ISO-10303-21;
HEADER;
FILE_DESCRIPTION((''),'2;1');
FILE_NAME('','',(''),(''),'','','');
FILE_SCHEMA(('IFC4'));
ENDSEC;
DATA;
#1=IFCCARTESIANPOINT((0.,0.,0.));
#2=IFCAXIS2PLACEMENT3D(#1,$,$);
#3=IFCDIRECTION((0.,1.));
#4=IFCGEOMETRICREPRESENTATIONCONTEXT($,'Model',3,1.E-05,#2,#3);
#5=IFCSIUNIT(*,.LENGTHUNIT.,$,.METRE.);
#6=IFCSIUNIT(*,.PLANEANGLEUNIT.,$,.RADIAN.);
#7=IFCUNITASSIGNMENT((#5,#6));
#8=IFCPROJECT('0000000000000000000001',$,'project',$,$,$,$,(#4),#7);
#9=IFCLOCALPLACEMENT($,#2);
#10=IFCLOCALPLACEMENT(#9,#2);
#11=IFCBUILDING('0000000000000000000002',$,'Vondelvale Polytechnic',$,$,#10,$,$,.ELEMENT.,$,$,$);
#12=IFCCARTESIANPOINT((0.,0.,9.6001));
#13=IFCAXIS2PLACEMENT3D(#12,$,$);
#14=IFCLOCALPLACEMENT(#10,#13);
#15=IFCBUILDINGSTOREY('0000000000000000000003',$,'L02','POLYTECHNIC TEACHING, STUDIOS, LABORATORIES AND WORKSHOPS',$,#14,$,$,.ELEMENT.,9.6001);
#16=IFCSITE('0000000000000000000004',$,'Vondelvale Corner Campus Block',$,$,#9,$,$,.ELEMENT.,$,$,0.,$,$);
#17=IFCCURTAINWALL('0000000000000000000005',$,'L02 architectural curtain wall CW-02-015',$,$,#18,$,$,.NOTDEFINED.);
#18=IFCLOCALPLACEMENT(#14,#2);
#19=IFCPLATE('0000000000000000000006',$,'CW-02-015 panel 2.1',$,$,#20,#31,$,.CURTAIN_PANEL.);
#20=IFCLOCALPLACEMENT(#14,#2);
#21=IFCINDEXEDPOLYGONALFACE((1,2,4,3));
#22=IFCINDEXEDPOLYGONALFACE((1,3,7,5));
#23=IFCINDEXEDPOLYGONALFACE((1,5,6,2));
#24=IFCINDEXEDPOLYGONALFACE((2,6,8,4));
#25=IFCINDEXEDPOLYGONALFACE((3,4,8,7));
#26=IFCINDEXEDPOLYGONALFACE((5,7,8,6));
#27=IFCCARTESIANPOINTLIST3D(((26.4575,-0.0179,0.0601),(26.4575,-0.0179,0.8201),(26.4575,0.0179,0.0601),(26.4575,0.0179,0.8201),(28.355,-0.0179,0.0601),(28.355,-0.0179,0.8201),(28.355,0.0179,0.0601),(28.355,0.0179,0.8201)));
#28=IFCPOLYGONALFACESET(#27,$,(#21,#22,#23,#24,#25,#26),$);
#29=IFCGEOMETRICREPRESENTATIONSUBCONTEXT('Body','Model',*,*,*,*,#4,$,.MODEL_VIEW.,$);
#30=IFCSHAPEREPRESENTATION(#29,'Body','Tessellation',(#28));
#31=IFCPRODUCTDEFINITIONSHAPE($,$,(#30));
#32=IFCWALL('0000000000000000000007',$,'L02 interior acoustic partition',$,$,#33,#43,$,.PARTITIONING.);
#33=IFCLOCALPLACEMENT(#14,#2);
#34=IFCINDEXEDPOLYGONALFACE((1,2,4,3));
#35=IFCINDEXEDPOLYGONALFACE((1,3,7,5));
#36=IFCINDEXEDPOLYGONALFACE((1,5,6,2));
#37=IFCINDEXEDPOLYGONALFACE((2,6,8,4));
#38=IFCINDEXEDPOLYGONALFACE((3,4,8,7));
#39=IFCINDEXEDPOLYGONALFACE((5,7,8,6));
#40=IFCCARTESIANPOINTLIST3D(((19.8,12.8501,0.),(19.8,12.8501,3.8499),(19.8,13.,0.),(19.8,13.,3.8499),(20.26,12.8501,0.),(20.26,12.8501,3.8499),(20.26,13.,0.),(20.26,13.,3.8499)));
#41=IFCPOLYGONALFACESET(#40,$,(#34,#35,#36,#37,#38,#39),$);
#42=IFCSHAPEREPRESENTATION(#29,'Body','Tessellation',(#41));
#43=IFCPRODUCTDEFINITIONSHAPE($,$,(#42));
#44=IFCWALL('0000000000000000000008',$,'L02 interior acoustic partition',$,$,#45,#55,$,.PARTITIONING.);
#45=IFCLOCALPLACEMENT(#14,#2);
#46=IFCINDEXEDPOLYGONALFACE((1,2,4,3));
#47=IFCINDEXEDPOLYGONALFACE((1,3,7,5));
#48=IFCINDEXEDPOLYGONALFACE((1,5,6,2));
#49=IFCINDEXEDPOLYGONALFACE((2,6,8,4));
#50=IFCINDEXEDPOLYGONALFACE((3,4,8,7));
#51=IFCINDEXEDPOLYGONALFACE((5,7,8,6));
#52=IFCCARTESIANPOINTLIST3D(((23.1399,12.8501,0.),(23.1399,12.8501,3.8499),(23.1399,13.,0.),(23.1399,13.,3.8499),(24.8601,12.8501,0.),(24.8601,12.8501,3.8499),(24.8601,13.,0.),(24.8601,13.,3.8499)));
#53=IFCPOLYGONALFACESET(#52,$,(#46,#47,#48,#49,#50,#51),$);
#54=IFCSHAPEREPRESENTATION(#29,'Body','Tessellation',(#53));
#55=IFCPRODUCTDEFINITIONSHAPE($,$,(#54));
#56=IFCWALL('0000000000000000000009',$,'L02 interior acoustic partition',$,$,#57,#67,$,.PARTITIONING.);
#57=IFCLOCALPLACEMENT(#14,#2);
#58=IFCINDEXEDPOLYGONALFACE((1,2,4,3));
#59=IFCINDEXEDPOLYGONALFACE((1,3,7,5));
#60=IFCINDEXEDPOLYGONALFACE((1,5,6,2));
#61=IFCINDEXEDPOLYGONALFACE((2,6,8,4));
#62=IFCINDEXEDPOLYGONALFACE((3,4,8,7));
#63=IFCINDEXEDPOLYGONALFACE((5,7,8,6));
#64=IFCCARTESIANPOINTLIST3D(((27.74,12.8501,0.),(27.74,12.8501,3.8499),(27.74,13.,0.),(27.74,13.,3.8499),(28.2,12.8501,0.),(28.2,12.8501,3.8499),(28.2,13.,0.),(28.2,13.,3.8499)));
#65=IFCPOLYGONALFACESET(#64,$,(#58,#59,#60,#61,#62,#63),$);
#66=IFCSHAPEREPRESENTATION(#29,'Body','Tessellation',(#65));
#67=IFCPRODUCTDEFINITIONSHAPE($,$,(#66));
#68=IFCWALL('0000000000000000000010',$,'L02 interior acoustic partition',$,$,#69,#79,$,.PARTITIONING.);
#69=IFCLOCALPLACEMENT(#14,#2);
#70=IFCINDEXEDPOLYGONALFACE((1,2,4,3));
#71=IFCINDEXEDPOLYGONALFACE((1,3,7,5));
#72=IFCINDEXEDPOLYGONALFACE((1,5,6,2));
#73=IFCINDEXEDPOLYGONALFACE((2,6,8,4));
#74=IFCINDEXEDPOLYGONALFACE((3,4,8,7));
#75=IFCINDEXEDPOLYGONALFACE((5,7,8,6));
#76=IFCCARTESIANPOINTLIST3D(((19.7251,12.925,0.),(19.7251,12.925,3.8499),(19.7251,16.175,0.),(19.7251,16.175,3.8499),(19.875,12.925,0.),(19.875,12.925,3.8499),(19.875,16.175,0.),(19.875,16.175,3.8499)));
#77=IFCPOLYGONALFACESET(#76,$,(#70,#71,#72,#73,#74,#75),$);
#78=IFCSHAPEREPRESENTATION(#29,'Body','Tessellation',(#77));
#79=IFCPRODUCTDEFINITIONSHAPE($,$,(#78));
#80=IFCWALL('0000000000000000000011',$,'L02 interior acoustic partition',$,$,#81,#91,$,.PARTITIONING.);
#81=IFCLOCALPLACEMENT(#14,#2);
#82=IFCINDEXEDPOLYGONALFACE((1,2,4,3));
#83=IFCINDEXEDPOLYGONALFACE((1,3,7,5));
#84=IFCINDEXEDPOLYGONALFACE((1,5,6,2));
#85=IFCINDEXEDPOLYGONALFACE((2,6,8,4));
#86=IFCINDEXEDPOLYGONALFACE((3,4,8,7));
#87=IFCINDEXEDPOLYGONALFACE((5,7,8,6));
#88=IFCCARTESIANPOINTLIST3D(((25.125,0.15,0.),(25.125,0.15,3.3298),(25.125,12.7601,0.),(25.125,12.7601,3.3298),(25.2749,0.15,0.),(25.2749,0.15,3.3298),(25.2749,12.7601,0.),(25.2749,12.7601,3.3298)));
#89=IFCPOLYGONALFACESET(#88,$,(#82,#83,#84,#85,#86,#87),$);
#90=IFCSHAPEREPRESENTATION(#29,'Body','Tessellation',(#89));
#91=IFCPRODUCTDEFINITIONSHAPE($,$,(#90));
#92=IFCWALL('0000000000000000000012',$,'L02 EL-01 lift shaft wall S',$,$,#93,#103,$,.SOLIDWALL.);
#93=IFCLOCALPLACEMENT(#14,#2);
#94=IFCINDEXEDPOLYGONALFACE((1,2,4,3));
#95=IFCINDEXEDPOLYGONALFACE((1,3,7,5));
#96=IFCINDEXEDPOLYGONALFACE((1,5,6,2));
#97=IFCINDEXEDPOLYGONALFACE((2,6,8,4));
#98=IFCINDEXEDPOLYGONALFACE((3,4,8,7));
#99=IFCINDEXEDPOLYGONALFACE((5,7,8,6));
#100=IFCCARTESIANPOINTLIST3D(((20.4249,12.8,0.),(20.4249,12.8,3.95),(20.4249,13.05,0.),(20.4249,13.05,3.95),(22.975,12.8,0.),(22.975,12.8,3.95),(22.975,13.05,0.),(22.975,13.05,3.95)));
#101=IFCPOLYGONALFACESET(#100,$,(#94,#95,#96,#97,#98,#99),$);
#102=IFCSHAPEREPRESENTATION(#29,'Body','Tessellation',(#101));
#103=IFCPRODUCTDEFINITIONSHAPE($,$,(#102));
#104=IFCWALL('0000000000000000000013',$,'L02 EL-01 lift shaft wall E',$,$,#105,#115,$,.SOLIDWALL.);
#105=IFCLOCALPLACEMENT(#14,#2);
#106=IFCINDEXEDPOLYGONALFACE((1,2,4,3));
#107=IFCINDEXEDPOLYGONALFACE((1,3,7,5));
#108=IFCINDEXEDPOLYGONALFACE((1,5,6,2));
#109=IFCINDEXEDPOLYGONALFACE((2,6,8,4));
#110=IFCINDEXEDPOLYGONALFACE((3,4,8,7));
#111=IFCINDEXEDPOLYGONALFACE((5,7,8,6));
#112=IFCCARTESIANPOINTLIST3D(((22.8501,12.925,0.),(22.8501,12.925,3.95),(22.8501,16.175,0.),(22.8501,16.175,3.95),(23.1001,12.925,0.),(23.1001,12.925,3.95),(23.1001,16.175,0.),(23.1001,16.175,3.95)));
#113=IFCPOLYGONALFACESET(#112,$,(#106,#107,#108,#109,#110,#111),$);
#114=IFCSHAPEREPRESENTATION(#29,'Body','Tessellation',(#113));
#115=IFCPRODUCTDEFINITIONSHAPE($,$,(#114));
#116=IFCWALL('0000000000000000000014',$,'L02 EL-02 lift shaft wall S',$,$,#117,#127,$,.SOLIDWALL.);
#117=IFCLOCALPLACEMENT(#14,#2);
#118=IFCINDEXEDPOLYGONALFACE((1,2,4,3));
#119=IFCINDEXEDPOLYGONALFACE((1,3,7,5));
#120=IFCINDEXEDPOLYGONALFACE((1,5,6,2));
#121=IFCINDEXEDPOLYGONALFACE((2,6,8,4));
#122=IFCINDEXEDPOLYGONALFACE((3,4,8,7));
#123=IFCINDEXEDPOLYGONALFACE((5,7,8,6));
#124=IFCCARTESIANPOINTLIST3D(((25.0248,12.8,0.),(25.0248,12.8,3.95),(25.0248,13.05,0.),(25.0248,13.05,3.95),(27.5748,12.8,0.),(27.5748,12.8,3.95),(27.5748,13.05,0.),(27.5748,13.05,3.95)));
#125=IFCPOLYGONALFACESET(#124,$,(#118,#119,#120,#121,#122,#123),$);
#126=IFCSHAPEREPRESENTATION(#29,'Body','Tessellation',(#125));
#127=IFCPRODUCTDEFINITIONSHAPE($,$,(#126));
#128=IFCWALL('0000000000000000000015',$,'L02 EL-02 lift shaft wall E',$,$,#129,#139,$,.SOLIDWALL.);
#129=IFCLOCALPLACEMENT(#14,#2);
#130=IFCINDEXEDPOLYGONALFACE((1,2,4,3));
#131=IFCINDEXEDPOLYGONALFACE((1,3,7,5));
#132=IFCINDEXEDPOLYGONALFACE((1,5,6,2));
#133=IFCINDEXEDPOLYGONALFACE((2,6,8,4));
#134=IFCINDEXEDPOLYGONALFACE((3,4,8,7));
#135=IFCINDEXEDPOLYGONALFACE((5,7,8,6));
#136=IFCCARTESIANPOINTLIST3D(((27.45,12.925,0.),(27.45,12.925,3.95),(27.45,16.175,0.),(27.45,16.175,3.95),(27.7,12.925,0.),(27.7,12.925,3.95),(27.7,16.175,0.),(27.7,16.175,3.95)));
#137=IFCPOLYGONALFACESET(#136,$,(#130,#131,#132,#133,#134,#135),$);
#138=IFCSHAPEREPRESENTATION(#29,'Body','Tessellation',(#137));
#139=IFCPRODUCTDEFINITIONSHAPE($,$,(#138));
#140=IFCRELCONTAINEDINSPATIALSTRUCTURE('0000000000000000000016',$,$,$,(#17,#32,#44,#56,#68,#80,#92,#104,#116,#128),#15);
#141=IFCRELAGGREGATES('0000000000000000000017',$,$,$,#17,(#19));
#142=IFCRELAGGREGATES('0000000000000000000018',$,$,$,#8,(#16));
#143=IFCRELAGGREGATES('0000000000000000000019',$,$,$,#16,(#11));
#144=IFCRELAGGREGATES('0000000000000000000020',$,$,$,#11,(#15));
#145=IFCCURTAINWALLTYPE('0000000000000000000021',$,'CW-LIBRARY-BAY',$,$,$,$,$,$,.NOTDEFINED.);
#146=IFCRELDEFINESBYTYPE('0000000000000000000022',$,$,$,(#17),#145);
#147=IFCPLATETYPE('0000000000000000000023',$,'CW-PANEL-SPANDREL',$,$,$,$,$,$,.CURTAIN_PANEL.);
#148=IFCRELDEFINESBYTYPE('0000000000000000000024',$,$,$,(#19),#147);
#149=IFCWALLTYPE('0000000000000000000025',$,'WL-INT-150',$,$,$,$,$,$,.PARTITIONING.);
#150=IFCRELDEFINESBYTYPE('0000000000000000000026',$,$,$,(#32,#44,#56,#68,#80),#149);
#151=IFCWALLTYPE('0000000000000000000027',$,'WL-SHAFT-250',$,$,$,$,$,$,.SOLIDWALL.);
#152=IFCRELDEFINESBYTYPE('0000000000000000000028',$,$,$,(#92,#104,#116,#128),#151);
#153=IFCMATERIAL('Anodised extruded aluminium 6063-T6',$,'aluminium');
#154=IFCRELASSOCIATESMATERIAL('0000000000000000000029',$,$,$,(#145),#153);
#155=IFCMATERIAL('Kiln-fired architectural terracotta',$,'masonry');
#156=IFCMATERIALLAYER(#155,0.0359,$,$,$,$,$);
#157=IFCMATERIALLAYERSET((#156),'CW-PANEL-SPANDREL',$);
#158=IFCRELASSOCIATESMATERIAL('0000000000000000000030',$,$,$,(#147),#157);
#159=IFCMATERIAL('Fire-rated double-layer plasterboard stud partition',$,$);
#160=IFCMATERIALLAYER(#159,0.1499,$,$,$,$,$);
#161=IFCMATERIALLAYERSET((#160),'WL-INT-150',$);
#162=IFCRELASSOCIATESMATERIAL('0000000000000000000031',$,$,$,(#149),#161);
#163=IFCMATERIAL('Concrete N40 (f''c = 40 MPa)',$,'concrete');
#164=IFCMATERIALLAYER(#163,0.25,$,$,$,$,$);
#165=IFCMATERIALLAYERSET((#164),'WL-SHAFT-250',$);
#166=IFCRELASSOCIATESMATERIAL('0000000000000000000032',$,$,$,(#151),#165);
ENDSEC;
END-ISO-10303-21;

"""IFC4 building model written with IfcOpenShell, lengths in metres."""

from ifc_helpers import new_model, si_unit, direction, frame, frame_2d, origin, origin_2d, place, context, subcontext, project, spatial, rectangle, extrude, material, layer, layer_set, type_object, element, aggregate, save


model = new_model("IFC4")

# Units and contexts
model_context = context("Model", 3, precision=1e-05, world=origin(), true_north=direction((0.0, 1.0)))
body_context = subcontext(model_context, "Body", "Model", "MODEL_VIEW")
ifc_project = project(units=[si_unit("LENGTHUNIT", "METRE"), si_unit("PLANEANGLEUNIT", "RADIAN")], contexts=[model_context])

# Site, building, storey
site_placement = place(None, origin())
site = spatial("IfcSite", under=ifc_project, at=site_placement, Name="Vondelvale Corner Campus Block", CompositionType="ELEMENT", RefElevation=0.0)
building_placement = place(site_placement, origin())
building = spatial("IfcBuilding", under=site, at=building_placement, Name="Vondelvale Polytechnic", CompositionType="ELEMENT")
storey_placement = place(building_placement, frame((0.0, 0.0, 9.6001)))
storey = spatial("IfcBuildingStorey", under=building, at=storey_placement, Name="L02", Description="POLYTECHNIC TEACHING, STUDIOS, LABORATORIES AND WORKSHOPS", CompositionType="ELEMENT", Elevation=9.6001)

# Shared definitions
ifc_material_1 = material(Name="Concrete N40 (f'c = 40 MPa)", Category="concrete")

# Curtain wall
ifc_material_2 = material(Name="Anodised extruded aluminium 6063-T6", Category="aluminium")
curtain_wall_type = type_object("IfcCurtainWallType", Name="CW-LIBRARY-BAY", PredefinedType="NOTDEFINED", material=ifc_material_2)
curtain_wall_placement = place(storey_placement, origin())
curtain_wall = element("IfcCurtainWall", 1, at=curtain_wall_placement, inside=storey, type_object=curtain_wall_type, Name="L02 architectural curtain wall CW-02-015", PredefinedType="NOTDEFINED")

# Plate
ifc_material_3 = material(Name="Kiln-fired architectural terracotta", Category="masonry")
ifc_layer_1 = layer(ifc_material_3, 0.0359)
ifc_layer_set_1 = layer_set([ifc_layer_1], Name="CW-PANEL-SPANDREL")
plate_type_1 = type_object("IfcPlateType", Name="CW-PANEL-SPANDREL", PredefinedType="CURTAIN_PANEL", material=ifc_layer_set_1)
plate_1_placement = place(storey_placement, frame((27.4062, 0.0, 0.0601), z_axis=(0.0, 0.0, 1.0), x_axis=(1.0, 0.0, 0.0)))
plate_1 = element("IfcPlate", 2, at=plate_1_placement, type_object=plate_type_1, Name="CW-02-015 panel 2.1", PredefinedType="CURTAIN_PANEL", context=body_context, shape_type="SweptSolid", body=[
    extrude(rectangle(XDim=1.8975, YDim=0.0359, at=origin_2d()), origin(), (0.0, 0.0, 1.0), 0.76),
])
aggregate(curtain_wall, [plate_1])

# Walls
ifc_material_4 = material(Name="Fire-rated double-layer plasterboard stud partition")
ifc_layer_2 = layer(ifc_material_4, 0.1499)
ifc_layer_set_2 = layer_set([ifc_layer_2], Name="WL-INT-150")
wall_type_1 = type_object("IfcWallType", Name="WL-INT-150", PredefinedType="PARTITIONING", material=ifc_layer_set_2)
wall_1_placement = place(storey_placement, frame((19.8, 12.925, 0.0), z_axis=(0.0, 0.0, 1.0), x_axis=(1.0, 0.0, 0.0)))
element("IfcWall", 3, at=wall_1_placement, inside=storey, type_object=wall_type_1, Name="L02 interior acoustic partition", PredefinedType="PARTITIONING", context=body_context, shape_type="SweptSolid", body=[
    extrude(rectangle(XDim=0.46, YDim=0.1499, at=frame_2d((0.23, 0.0))), origin(), (0.0, 0.0, 1.0), 3.8499),
])
wall_2_placement = place(storey_placement, frame((23.1399, 12.925, 0.0), z_axis=(0.0, 0.0, 1.0), x_axis=(1.0, 0.0, 0.0)))
element("IfcWall", 4, at=wall_2_placement, inside=storey, type_object=wall_type_1, Name="L02 interior acoustic partition", PredefinedType="PARTITIONING", context=body_context, shape_type="SweptSolid", body=[
    extrude(rectangle(XDim=1.7202, YDim=0.1499, at=frame_2d((0.8601, 0.0))), origin(), (0.0, 0.0, 1.0), 3.8499),
])
wall_3_placement = place(storey_placement, frame((27.74, 12.925, 0.0), z_axis=(0.0, 0.0, 1.0), x_axis=(1.0, 0.0, 0.0)))
element("IfcWall", 5, at=wall_3_placement, inside=storey, type_object=wall_type_1, Name="L02 interior acoustic partition", PredefinedType="PARTITIONING", context=body_context, shape_type="SweptSolid", body=[
    extrude(rectangle(XDim=0.46, YDim=0.1499, at=frame_2d((0.23, 0.0))), origin(), (0.0, 0.0, 1.0), 3.8499),
])
wall_4_placement = place(storey_placement, frame((19.8, 12.925, 0.0), z_axis=(0.0, 0.0, 1.0), x_axis=(0.0, 1.0, 0.0)))
element("IfcWall", 6, at=wall_4_placement, inside=storey, type_object=wall_type_1, Name="L02 interior acoustic partition", PredefinedType="PARTITIONING", context=body_context, shape_type="SweptSolid", body=[
    extrude(rectangle(XDim=3.25, YDim=0.1499, at=frame_2d((1.625, 0.0))), origin(), (0.0, 0.0, 1.0), 3.8499),
])
wall_5_placement = place(storey_placement, frame((25.2, 0.1499, 0.0), z_axis=(0.0, 0.0, 1.0), x_axis=(0.0, 1.0, 0.0)))
element("IfcWall", 7, at=wall_5_placement, inside=storey, type_object=wall_type_1, Name="L02 interior acoustic partition", PredefinedType="PARTITIONING", context=body_context, shape_type="SweptSolid", body=[
    extrude(rectangle(XDim=12.6101, YDim=0.1499, at=frame_2d((6.3052, 0.0))), origin(), (0.0, 0.0, 1.0), 3.3298),
])
ifc_layer_3 = layer(ifc_material_1, 0.25)
ifc_layer_set_3 = layer_set([ifc_layer_3], Name="WL-SHAFT-250")
wall_type_2 = type_object("IfcWallType", Name="WL-SHAFT-250", PredefinedType="SOLIDWALL", material=ifc_layer_set_3)
wall_6_placement = place(storey_placement, frame((20.425, 12.925, 0.0), z_axis=(0.0, 0.0, 1.0), x_axis=(1.0, 0.0, 0.0)))
element("IfcWall", 8, at=wall_6_placement, inside=storey, type_object=wall_type_2, Name="L02 EL-01 lift shaft wall S", PredefinedType="SOLIDWALL", context=body_context, shape_type="SweptSolid", body=[
    extrude(rectangle(XDim=2.55, YDim=0.25, at=frame_2d((1.2749, 0.0))), origin(), (0.0, 0.0, 1.0), 3.95),
])
wall_7_placement = place(storey_placement, frame((22.9751, 12.925, 0.0), z_axis=(0.0, 0.0, 1.0), x_axis=(0.0, 1.0, 0.0)))
element("IfcWall", 9, at=wall_7_placement, inside=storey, type_object=wall_type_2, Name="L02 EL-01 lift shaft wall E", PredefinedType="SOLIDWALL", context=body_context, shape_type="SweptSolid", body=[
    extrude(rectangle(XDim=3.25, YDim=0.25, at=frame_2d((1.625, 0.0))), origin(), (0.0, 0.0, 1.0), 3.95),
])
wall_8_placement = place(storey_placement, frame((25.0249, 12.925, 0.0), z_axis=(0.0, 0.0, 1.0), x_axis=(1.0, 0.0, 0.0)))
element("IfcWall", 10, at=wall_8_placement, inside=storey, type_object=wall_type_2, Name="L02 EL-02 lift shaft wall S", PredefinedType="SOLIDWALL", context=body_context, shape_type="SweptSolid", body=[
    extrude(rectangle(XDim=2.55, YDim=0.25, at=frame_2d((1.2749, 0.0))), origin(), (0.0, 0.0, 1.0), 3.95),
])
wall_9_placement = place(storey_placement, frame((27.575, 12.925, 0.0), z_axis=(0.0, 0.0, 1.0), x_axis=(0.0, 1.0, 0.0)))
element("IfcWall", 11, at=wall_9_placement, inside=storey, type_object=wall_type_2, Name="L02 EL-02 lift shaft wall E", PredefinedType="SOLIDWALL", context=body_context, shape_type="SweptSolid", body=[
    extrude(rectangle(XDim=3.25, YDim=0.25, at=frame_2d((1.625, 0.0))), origin(), (0.0, 0.0, 1.0), 3.95),
])

save(model, "model.ifc")
